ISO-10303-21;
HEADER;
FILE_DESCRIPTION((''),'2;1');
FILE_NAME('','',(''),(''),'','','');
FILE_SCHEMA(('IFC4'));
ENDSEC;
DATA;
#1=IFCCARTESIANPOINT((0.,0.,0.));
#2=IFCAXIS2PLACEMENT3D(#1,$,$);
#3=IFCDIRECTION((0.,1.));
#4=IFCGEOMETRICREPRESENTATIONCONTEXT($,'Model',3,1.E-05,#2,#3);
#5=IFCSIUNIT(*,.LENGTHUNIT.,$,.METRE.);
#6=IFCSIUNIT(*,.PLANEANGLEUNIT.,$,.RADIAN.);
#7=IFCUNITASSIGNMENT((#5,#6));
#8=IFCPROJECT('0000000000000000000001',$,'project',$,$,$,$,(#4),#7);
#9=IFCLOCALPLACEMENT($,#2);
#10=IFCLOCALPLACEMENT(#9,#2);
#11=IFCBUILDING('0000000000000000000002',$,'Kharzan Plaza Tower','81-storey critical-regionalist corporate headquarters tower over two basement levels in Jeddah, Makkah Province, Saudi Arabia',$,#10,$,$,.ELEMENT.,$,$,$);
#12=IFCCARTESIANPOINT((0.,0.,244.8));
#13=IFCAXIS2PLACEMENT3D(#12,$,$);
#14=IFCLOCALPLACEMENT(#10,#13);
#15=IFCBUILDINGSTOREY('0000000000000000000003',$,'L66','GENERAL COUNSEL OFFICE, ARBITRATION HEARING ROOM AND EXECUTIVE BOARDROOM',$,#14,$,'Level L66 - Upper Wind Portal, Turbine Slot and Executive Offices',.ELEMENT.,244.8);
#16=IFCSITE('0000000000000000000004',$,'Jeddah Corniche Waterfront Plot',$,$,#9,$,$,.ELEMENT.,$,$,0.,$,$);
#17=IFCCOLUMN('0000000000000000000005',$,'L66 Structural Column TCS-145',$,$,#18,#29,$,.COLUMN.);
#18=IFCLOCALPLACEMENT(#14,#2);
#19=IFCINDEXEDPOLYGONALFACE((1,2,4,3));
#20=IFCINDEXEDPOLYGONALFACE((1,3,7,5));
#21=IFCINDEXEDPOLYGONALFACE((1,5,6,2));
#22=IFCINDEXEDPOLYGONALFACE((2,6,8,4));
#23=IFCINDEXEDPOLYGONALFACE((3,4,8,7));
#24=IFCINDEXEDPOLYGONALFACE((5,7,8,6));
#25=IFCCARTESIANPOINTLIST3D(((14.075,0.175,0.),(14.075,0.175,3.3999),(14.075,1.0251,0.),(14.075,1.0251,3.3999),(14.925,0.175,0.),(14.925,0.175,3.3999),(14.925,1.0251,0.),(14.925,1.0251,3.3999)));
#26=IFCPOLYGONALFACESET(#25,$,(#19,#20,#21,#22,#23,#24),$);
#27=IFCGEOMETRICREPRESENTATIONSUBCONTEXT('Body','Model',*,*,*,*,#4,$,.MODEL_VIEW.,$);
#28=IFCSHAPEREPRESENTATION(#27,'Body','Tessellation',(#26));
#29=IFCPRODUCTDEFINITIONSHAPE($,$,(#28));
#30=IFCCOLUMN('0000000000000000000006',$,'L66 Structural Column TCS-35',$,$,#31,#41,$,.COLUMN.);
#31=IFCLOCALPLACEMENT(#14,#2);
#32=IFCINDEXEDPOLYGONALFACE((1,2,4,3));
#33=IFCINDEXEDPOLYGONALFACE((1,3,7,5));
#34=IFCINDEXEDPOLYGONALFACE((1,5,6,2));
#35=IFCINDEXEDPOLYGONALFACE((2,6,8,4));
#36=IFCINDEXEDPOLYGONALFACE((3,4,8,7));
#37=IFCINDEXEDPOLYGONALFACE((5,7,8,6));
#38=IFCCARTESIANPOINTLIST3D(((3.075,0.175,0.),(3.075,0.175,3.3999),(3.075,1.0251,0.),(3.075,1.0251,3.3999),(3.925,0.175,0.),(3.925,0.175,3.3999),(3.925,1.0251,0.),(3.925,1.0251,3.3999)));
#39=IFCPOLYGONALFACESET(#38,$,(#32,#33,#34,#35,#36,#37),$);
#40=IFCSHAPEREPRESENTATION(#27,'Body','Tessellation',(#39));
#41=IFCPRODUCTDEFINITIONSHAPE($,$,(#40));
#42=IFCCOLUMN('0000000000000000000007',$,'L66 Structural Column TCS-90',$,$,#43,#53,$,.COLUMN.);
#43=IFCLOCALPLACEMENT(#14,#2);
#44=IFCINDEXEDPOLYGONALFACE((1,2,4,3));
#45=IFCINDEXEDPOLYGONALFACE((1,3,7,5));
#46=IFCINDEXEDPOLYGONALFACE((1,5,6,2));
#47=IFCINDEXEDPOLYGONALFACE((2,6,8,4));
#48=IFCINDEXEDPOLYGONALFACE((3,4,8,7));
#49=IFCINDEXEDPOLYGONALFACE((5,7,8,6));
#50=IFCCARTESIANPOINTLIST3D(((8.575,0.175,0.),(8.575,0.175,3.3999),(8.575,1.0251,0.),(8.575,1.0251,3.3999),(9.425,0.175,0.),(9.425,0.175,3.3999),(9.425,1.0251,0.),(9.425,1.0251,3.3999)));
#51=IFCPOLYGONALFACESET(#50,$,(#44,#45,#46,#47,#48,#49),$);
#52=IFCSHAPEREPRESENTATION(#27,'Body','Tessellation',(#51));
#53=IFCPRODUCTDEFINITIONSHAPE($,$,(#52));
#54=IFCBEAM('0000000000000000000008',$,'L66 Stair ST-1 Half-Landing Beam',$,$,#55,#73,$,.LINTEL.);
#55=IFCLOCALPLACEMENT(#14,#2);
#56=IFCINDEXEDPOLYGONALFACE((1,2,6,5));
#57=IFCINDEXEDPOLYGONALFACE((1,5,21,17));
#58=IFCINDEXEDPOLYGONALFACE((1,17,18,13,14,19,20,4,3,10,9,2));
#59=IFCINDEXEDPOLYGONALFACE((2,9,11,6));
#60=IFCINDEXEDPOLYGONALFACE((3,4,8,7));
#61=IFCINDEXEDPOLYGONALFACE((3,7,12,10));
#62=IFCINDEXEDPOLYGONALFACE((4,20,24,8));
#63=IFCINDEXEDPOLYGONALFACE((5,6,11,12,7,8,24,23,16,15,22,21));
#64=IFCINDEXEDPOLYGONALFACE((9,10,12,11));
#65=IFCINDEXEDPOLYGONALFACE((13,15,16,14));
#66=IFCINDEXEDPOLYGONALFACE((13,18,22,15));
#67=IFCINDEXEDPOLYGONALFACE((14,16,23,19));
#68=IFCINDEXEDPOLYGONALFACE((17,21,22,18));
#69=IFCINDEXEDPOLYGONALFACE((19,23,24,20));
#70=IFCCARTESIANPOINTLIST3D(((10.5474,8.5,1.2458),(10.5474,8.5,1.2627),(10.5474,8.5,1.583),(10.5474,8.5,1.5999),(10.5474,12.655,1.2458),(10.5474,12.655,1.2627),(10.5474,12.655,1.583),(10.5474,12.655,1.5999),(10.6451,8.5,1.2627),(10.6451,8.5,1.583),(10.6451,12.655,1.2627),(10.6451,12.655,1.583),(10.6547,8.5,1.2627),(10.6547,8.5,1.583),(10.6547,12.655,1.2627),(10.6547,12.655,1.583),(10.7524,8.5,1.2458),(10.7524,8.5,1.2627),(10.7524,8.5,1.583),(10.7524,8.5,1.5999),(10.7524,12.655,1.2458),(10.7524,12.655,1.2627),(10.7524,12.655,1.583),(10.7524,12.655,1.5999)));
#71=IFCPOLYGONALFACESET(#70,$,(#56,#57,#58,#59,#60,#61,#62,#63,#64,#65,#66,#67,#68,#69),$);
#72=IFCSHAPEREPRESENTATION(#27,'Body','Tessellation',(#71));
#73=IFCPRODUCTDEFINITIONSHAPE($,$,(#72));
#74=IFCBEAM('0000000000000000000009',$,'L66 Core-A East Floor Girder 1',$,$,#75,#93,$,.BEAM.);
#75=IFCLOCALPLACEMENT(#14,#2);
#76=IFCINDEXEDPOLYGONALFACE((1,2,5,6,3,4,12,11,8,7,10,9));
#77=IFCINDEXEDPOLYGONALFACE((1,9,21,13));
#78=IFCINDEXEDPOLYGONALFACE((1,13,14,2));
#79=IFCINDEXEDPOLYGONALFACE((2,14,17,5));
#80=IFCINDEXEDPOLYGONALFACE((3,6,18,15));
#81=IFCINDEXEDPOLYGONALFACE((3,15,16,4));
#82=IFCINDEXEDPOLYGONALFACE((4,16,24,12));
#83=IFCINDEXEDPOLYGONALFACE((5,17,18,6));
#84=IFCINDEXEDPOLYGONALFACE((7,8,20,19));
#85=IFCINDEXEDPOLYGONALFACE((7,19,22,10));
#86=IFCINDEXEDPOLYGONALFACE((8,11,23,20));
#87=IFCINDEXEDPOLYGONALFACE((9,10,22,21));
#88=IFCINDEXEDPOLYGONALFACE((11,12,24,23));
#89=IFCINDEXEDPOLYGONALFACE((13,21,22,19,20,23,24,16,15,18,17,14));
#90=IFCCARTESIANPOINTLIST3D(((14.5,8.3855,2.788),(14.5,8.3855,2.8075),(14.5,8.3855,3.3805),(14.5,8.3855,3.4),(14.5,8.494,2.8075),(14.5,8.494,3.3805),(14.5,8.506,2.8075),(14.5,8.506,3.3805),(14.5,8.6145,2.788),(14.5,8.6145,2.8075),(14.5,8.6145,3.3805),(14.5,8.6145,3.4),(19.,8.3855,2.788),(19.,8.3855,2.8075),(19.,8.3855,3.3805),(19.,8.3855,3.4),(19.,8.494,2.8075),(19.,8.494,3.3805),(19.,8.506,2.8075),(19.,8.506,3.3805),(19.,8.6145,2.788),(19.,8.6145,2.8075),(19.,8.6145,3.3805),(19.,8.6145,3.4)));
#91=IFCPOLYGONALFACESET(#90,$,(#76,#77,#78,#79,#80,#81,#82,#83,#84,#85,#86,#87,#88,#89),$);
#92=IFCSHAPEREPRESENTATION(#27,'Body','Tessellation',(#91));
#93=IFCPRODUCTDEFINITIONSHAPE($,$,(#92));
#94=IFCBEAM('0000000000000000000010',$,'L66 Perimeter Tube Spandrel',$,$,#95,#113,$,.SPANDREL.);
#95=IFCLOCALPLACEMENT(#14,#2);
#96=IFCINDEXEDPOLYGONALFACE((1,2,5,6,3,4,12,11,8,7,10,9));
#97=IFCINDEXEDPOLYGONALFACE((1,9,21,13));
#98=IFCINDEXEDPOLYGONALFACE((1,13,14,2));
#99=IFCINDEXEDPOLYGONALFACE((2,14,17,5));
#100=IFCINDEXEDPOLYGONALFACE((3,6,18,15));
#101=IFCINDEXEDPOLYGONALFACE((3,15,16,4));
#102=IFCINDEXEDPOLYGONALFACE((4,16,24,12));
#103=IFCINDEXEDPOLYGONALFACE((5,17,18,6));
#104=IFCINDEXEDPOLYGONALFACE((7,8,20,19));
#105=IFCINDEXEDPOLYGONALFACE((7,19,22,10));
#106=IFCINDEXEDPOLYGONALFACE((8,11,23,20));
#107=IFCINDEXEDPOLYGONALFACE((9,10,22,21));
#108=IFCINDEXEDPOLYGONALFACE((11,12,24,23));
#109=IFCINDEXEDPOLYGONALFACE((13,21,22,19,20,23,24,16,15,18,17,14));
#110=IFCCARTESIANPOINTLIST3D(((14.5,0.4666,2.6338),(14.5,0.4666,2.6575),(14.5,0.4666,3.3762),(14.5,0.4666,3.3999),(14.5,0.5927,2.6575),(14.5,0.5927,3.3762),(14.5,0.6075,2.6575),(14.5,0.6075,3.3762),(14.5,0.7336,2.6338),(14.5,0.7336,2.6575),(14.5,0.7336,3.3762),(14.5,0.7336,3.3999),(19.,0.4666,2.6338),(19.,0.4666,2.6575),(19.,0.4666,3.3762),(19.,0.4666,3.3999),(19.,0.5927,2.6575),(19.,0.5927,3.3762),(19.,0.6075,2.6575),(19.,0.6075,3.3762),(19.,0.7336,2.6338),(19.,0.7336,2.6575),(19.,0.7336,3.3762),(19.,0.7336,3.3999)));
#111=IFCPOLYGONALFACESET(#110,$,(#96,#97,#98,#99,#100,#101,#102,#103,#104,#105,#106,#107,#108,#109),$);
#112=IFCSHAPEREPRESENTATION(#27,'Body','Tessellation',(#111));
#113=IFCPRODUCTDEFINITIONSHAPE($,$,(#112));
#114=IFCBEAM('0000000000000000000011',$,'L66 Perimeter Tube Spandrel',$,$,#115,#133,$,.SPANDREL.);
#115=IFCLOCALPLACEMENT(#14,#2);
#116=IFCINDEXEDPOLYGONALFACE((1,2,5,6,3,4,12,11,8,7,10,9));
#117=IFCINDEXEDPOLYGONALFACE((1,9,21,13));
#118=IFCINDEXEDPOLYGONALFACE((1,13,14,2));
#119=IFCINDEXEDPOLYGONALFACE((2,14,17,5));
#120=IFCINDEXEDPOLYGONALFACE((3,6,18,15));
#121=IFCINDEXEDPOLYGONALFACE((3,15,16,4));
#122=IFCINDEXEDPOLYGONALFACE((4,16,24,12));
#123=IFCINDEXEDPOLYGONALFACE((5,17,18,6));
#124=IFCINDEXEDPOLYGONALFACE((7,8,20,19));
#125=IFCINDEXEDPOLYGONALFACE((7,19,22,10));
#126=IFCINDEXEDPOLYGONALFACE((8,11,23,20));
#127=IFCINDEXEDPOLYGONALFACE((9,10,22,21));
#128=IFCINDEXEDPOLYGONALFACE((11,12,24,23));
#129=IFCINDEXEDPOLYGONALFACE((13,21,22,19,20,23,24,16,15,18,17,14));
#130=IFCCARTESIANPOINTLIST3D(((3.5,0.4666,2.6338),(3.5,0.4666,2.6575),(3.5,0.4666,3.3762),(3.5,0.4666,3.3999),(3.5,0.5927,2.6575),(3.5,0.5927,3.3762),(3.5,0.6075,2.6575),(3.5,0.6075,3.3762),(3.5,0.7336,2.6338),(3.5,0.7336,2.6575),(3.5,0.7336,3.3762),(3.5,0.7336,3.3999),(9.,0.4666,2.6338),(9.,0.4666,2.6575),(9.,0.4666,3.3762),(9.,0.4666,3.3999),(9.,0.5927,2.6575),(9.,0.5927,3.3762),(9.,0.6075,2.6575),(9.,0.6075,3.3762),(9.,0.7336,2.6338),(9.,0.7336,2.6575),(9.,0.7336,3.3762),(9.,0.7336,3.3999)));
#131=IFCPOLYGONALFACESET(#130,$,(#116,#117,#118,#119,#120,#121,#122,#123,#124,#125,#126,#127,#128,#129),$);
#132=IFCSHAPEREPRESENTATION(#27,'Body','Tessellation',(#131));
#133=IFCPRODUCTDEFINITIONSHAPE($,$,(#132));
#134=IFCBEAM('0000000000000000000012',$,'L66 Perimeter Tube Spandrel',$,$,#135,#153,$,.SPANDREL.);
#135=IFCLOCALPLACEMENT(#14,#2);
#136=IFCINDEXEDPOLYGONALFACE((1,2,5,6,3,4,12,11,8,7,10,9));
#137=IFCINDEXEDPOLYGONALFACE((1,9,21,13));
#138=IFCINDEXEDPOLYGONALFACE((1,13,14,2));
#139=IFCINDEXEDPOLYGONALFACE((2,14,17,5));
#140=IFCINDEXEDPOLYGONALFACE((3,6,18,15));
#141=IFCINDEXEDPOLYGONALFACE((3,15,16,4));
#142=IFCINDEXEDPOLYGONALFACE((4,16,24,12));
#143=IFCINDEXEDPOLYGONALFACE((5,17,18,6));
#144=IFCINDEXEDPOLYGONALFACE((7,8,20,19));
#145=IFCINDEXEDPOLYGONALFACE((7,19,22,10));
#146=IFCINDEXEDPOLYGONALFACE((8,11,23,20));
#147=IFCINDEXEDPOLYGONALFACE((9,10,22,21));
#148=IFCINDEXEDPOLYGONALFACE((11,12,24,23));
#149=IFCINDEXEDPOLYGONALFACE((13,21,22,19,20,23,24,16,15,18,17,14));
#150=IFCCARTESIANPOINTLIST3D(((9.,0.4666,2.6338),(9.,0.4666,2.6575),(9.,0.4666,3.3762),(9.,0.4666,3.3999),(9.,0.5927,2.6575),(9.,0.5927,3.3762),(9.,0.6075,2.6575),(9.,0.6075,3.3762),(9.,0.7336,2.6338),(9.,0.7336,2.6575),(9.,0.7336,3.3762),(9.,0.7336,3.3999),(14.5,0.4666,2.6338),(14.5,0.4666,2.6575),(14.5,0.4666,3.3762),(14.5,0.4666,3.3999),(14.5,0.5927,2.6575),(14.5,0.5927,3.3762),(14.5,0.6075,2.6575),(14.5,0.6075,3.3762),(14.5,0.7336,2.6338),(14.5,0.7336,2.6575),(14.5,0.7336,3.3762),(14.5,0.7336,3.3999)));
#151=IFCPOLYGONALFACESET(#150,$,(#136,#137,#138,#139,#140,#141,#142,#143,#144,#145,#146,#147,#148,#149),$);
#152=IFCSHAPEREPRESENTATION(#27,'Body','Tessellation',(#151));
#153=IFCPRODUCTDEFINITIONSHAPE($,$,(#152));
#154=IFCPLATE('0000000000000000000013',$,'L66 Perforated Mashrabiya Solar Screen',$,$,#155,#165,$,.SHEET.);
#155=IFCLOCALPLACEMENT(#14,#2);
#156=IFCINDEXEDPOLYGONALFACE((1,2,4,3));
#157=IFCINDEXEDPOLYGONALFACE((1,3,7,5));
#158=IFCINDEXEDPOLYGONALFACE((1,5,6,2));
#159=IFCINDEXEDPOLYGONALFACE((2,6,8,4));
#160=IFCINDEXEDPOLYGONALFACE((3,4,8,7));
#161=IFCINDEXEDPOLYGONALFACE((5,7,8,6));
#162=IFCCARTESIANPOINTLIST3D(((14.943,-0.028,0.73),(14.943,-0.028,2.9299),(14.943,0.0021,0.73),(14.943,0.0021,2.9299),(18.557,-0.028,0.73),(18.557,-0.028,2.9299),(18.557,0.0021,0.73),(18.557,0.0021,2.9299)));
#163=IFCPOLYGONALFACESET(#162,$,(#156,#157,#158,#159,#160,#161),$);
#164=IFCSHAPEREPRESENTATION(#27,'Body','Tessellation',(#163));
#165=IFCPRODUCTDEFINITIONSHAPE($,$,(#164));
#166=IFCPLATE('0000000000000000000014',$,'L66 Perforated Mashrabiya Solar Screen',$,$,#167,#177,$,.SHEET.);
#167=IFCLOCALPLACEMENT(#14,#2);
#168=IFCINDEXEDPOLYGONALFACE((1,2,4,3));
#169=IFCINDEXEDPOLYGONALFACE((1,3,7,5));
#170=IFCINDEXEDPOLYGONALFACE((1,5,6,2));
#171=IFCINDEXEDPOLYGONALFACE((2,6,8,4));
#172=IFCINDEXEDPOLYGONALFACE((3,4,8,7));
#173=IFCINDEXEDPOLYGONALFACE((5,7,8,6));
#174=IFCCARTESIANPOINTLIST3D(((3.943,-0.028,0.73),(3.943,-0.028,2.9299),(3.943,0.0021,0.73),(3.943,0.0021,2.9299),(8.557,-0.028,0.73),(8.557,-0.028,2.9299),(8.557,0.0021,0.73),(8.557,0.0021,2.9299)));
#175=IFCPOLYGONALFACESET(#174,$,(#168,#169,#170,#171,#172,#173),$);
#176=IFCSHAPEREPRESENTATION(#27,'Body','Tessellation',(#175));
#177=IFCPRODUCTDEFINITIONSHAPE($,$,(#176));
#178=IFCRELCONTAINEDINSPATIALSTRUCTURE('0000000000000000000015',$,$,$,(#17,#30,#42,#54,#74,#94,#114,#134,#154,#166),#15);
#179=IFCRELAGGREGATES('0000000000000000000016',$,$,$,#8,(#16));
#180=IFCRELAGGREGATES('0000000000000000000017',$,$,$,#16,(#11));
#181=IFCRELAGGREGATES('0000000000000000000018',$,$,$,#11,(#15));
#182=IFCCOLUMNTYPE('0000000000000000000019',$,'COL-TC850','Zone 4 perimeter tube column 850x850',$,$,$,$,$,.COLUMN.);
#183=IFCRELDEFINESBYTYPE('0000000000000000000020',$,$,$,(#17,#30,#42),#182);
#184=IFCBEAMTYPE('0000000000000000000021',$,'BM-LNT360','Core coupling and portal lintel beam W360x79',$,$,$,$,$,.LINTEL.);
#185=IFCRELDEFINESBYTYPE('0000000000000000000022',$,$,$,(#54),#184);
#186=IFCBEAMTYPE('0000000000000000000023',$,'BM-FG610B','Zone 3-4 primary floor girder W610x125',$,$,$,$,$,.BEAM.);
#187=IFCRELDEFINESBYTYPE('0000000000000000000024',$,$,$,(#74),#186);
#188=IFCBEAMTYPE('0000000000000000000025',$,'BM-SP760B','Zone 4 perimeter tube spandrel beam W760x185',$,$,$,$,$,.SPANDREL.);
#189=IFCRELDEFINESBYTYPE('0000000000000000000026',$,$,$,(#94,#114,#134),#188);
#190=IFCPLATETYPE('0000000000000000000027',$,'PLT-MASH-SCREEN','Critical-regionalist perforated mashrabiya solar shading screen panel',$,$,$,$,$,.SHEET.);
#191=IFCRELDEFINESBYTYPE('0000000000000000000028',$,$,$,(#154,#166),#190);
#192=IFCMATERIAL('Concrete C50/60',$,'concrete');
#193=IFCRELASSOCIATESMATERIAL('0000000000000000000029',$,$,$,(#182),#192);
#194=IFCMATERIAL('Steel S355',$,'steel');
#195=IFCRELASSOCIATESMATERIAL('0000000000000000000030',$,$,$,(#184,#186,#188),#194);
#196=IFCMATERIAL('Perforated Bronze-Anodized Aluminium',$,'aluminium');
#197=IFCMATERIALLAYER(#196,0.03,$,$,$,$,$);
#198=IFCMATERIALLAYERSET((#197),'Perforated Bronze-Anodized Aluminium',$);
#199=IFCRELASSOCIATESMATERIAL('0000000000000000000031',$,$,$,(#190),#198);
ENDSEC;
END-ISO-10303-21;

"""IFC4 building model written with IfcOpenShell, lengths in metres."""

from ifc_helpers import new_model, si_unit, direction, frame, origin, origin_2d, place, context, subcontext, project, spatial, rectangle, i_section, extrude, source, transform, mapped, material, layer, layer_set, material_profile, profile_set, type_object, element, save


model = new_model("IFC4")

# Units and contexts
model_context = context("Model", 3, precision=1e-05, world=origin(), true_north=direction((0.0, 1.0)))
body_context = subcontext(model_context, "Body", "Model", "MODEL_VIEW")
ifc_project = project(units=[si_unit("LENGTHUNIT", "METRE"), si_unit("PLANEANGLEUNIT", "RADIAN")], contexts=[model_context])

# Site, building, storey
site_placement = place(None, origin())
site = spatial("IfcSite", under=ifc_project, at=site_placement, Name="Jeddah Corniche Waterfront Plot", CompositionType="ELEMENT", RefElevation=0.0)
building_placement = place(site_placement, origin())
building = spatial("IfcBuilding", under=site, at=building_placement, Name="Kharzan Plaza Tower", Description="81-storey critical-regionalist corporate headquarters tower over two basement levels in Jeddah, Makkah Province, Saudi Arabia", CompositionType="ELEMENT")
storey_placement = place(building_placement, frame((0.0, 0.0, 244.8)))
storey = spatial("IfcBuildingStorey", under=building, at=storey_placement, Name="L66", Description="GENERAL COUNSEL OFFICE, ARBITRATION HEARING ROOM AND EXECUTIVE BOARDROOM", LongName="Level L66 - Upper Wind Portal, Turbine Slot and Executive Offices", CompositionType="ELEMENT", Elevation=244.8)

# Columns
ifc_material_1 = material(Name="Concrete C50/60", Category="concrete")
ifc_material_profile_1 = material_profile(ifc_material_1, rectangle(XDim=0.8501, YDim=0.8501, at=origin_2d()), Name="RC-TC850x850")
ifc_profile_set_1 = profile_set([ifc_material_profile_1], Name="Concrete C50/60")
column_type = type_object("IfcColumnType", Name="COL-TC850", Description="Zone 4 perimeter tube column 850x850", PredefinedType="COLUMN", material=ifc_profile_set_1)
shared_shape_1 = source(origin(), body_context, "Body", "SweptSolid", [
    extrude(rectangle(XDim=0.8501, YDim=0.8501, at=origin_2d()), origin(), (0.0, 0.0, 1.0), 3.3999),
])
for number, where, z_axis, x_axis, name in (
    (1, (14.5, 0.6001, 0.0), (0.0, 0.0, 1.0), (1.0, 0.0, 0.0), "L66 Structural Column TCS-145"),
    (2, (3.5, 0.6001, 0.0), (0.0, 0.0, 1.0), (1.0, 0.0, 0.0), "L66 Structural Column TCS-35"),
    (3, (9.0, 0.6001, 0.0), (0.0, 0.0, 1.0), (1.0, 0.0, 0.0), "L66 Structural Column TCS-90"),
):
    element("IfcColumn", number, at=place(storey_placement, frame(where, z_axis=z_axis, x_axis=x_axis)), inside=storey, type_object=column_type, Name=name, PredefinedType="COLUMN", context=body_context, shape_type="MappedRepresentation", body=[
        mapped(shared_shape_1, transform((0.0, 0.0, 0.0), x_axis=(1.0, 0.0, 0.0), y_axis=(0.0, 1.0, 0.0), z_axis=(0.0, 0.0, 1.0))),
    ])

# Beams
ifc_material_2 = material(Name="Steel S355", Category="steel")
ifc_material_profile_2 = material_profile(ifc_material_2, i_section(OverallWidth=0.2051, OverallDepth=0.354, WebThickness=0.0095, FlangeThickness=0.0168, at=origin_2d()), Name="W360x79")
ifc_profile_set_2 = profile_set([ifc_material_profile_2], Name="Steel S355")
beam_type_1 = type_object("IfcBeamType", Name="BM-LNT360", Description="Core coupling and portal lintel beam W360x79", PredefinedType="LINTEL", material=ifc_profile_set_2)
shared_shape_2 = source(origin(), body_context, "Body", "SweptSolid", [
    extrude(i_section(OverallWidth=0.2051, OverallDepth=0.354, WebThickness=0.0095, FlangeThickness=0.0168, at=origin_2d()), origin(), (0.0, 0.0, 1.0), 4.155),
])
beam_1_placement = place(storey_placement, frame((10.6499, 8.5, 1.4229), z_axis=(0.0, 1.0, 0.0), x_axis=(-1.0, 0.0, 0.0)))
element("IfcBeam", 4, at=beam_1_placement, inside=storey, type_object=beam_type_1, Name="L66 Stair ST-1 Half-Landing Beam", PredefinedType="LINTEL", context=body_context, shape_type="MappedRepresentation", body=[
    mapped(shared_shape_2, transform((0.0, 0.0, 0.0), x_axis=(1.0, 0.0, 0.0), y_axis=(0.0, 1.0, 0.0), z_axis=(0.0, 0.0, 1.0))),
])
ifc_material_profile_3 = material_profile(ifc_material_2, i_section(OverallWidth=0.229, OverallDepth=0.6121, WebThickness=0.012, FlangeThickness=0.0195, at=origin_2d()), Name="W610x125")
ifc_profile_set_3 = profile_set([ifc_material_profile_3], Name="Steel S355")
beam_type_2 = type_object("IfcBeamType", Name="BM-FG610B", Description="Zone 3-4 primary floor girder W610x125", PredefinedType="BEAM", material=ifc_profile_set_3)
shared_shape_3 = source(origin(), body_context, "Body", "SweptSolid", [
    extrude(i_section(OverallWidth=0.229, OverallDepth=0.6121, WebThickness=0.012, FlangeThickness=0.0195, at=origin_2d()), origin(), (0.0, 0.0, 1.0), 4.5),
])
beam_2_placement = place(storey_placement, frame((14.5, 8.5, 3.094), z_axis=(1.0, 0.0, 0.0), x_axis=(0.0, 1.0, 0.0)))
element("IfcBeam", 5, at=beam_2_placement, inside=storey, type_object=beam_type_2, Name="L66 Core-A East Floor Girder 1", PredefinedType="BEAM", context=body_context, shape_type="MappedRepresentation", body=[
    mapped(shared_shape_3, transform((0.0, 0.0, 0.0), x_axis=(1.0, 0.0, 0.0), y_axis=(0.0, 1.0, 0.0), z_axis=(0.0, 0.0, 1.0))),
])
ifc_material_profile_4 = material_profile(ifc_material_2, i_section(OverallWidth=0.2671, OverallDepth=0.7661, WebThickness=0.0149, FlangeThickness=0.0237, at=origin_2d()), Name="W760x185")
ifc_profile_set_4 = profile_set([ifc_material_profile_4], Name="Steel S355")
beam_type_3 = type_object("IfcBeamType", Name="BM-SP760B", Description="Zone 4 perimeter tube spandrel beam W760x185", PredefinedType="SPANDREL", material=ifc_profile_set_4)
shared_shape_4 = source(origin(), body_context, "Body", "SweptSolid", [
    extrude(i_section(OverallWidth=0.2671, OverallDepth=0.7661, WebThickness=0.0149, FlangeThickness=0.0237, at=origin_2d()), origin(), (0.0, 0.0, 1.0), 4.5),
])
beam_3_placement = place(storey_placement, frame((14.5, 0.6001, 3.0168), z_axis=(1.0, 0.0, 0.0), x_axis=(0.0, 1.0, 0.0)))
element("IfcBeam", 6, at=beam_3_placement, inside=storey, type_object=beam_type_3, Name="L66 Perimeter Tube Spandrel", PredefinedType="SPANDREL", context=body_context, shape_type="MappedRepresentation", body=[
    mapped(shared_shape_4, transform((0.0, 0.0, 0.0), x_axis=(1.0, 0.0, 0.0), y_axis=(0.0, 1.0, 0.0), z_axis=(0.0, 0.0, 1.0))),
])
shared_shape_5 = source(origin(), body_context, "Body", "SweptSolid", [
    extrude(i_section(OverallWidth=0.2671, OverallDepth=0.7661, WebThickness=0.0149, FlangeThickness=0.0237, at=origin_2d()), origin(), (0.0, 0.0, 1.0), 5.5),
])
for number, where, z_axis, x_axis, name in (
    (7, (3.5, 0.6001, 3.0168), (1.0, 0.0, 0.0), (0.0, 1.0, 0.0), "L66 Perimeter Tube Spandrel"),
    (8, (9.0, 0.6001, 3.0168), (1.0, 0.0, 0.0), (0.0, 1.0, 0.0), "L66 Perimeter Tube Spandrel"),
):
    element("IfcBeam", number, at=place(storey_placement, frame(where, z_axis=z_axis, x_axis=x_axis)), inside=storey, type_object=beam_type_3, Name=name, PredefinedType="SPANDREL", context=body_context, shape_type="MappedRepresentation", body=[
        mapped(shared_shape_5, transform((0.0, 0.0, 0.0), x_axis=(1.0, 0.0, 0.0), y_axis=(0.0, 1.0, 0.0), z_axis=(0.0, 0.0, 1.0))),
    ])

# Plates
ifc_material_3 = material(Name="Perforated Bronze-Anodized Aluminium", Category="aluminium")
ifc_layer_1 = layer(ifc_material_3, 0.03)
ifc_layer_set_1 = layer_set([ifc_layer_1], Name="Perforated Bronze-Anodized Aluminium")
plate_type = type_object("IfcPlateType", Name="PLT-MASH-SCREEN", Description="Critical-regionalist perforated mashrabiya solar shading screen panel", PredefinedType="SHEET", material=ifc_layer_set_1)
shared_shape_6 = source(origin(), body_context, "Body", "SweptSolid", [
    extrude(rectangle(XDim=3.614, YDim=0.03, at=origin_2d()), origin(), (0.0, 0.0, 1.0), 2.2),
])
plate_placement = place(storey_placement, frame((16.75, -0.0129, 0.73), z_axis=(0.0, 0.0, 1.0), x_axis=(1.0, 0.0, 0.0)))
element("IfcPlate", 9, at=plate_placement, inside=storey, type_object=plate_type, Name="L66 Perforated Mashrabiya Solar Screen", PredefinedType="SHEET", context=body_context, shape_type="MappedRepresentation", body=[
    mapped(shared_shape_6, transform((0.0, 0.0, 0.0), x_axis=(1.0, 0.0, 0.0), y_axis=(0.0, 1.0, 0.0), z_axis=(0.0, 0.0, 1.0))),
])
shared_shape_7 = source(origin(), body_context, "Body", "SweptSolid", [
    extrude(rectangle(XDim=4.614, YDim=0.03, at=origin_2d()), origin(), (0.0, 0.0, 1.0), 2.2),
])
for number, where, z_axis, x_axis, name in (
    (10, (6.25, -0.0129, 0.73), (0.0, 0.0, 1.0), (1.0, 0.0, 0.0), "L66 Perforated Mashrabiya Solar Screen"),
):
    element("IfcPlate", number, at=place(storey_placement, frame(where, z_axis=z_axis, x_axis=x_axis)), inside=storey, type_object=plate_type, Name=name, PredefinedType="SHEET", context=body_context, shape_type="MappedRepresentation", body=[
        mapped(shared_shape_7, transform((0.0, 0.0, 0.0), x_axis=(1.0, 0.0, 0.0), y_axis=(0.0, 1.0, 0.0), z_axis=(0.0, 0.0, 1.0))),
    ])

save(model, "model.ifc")
